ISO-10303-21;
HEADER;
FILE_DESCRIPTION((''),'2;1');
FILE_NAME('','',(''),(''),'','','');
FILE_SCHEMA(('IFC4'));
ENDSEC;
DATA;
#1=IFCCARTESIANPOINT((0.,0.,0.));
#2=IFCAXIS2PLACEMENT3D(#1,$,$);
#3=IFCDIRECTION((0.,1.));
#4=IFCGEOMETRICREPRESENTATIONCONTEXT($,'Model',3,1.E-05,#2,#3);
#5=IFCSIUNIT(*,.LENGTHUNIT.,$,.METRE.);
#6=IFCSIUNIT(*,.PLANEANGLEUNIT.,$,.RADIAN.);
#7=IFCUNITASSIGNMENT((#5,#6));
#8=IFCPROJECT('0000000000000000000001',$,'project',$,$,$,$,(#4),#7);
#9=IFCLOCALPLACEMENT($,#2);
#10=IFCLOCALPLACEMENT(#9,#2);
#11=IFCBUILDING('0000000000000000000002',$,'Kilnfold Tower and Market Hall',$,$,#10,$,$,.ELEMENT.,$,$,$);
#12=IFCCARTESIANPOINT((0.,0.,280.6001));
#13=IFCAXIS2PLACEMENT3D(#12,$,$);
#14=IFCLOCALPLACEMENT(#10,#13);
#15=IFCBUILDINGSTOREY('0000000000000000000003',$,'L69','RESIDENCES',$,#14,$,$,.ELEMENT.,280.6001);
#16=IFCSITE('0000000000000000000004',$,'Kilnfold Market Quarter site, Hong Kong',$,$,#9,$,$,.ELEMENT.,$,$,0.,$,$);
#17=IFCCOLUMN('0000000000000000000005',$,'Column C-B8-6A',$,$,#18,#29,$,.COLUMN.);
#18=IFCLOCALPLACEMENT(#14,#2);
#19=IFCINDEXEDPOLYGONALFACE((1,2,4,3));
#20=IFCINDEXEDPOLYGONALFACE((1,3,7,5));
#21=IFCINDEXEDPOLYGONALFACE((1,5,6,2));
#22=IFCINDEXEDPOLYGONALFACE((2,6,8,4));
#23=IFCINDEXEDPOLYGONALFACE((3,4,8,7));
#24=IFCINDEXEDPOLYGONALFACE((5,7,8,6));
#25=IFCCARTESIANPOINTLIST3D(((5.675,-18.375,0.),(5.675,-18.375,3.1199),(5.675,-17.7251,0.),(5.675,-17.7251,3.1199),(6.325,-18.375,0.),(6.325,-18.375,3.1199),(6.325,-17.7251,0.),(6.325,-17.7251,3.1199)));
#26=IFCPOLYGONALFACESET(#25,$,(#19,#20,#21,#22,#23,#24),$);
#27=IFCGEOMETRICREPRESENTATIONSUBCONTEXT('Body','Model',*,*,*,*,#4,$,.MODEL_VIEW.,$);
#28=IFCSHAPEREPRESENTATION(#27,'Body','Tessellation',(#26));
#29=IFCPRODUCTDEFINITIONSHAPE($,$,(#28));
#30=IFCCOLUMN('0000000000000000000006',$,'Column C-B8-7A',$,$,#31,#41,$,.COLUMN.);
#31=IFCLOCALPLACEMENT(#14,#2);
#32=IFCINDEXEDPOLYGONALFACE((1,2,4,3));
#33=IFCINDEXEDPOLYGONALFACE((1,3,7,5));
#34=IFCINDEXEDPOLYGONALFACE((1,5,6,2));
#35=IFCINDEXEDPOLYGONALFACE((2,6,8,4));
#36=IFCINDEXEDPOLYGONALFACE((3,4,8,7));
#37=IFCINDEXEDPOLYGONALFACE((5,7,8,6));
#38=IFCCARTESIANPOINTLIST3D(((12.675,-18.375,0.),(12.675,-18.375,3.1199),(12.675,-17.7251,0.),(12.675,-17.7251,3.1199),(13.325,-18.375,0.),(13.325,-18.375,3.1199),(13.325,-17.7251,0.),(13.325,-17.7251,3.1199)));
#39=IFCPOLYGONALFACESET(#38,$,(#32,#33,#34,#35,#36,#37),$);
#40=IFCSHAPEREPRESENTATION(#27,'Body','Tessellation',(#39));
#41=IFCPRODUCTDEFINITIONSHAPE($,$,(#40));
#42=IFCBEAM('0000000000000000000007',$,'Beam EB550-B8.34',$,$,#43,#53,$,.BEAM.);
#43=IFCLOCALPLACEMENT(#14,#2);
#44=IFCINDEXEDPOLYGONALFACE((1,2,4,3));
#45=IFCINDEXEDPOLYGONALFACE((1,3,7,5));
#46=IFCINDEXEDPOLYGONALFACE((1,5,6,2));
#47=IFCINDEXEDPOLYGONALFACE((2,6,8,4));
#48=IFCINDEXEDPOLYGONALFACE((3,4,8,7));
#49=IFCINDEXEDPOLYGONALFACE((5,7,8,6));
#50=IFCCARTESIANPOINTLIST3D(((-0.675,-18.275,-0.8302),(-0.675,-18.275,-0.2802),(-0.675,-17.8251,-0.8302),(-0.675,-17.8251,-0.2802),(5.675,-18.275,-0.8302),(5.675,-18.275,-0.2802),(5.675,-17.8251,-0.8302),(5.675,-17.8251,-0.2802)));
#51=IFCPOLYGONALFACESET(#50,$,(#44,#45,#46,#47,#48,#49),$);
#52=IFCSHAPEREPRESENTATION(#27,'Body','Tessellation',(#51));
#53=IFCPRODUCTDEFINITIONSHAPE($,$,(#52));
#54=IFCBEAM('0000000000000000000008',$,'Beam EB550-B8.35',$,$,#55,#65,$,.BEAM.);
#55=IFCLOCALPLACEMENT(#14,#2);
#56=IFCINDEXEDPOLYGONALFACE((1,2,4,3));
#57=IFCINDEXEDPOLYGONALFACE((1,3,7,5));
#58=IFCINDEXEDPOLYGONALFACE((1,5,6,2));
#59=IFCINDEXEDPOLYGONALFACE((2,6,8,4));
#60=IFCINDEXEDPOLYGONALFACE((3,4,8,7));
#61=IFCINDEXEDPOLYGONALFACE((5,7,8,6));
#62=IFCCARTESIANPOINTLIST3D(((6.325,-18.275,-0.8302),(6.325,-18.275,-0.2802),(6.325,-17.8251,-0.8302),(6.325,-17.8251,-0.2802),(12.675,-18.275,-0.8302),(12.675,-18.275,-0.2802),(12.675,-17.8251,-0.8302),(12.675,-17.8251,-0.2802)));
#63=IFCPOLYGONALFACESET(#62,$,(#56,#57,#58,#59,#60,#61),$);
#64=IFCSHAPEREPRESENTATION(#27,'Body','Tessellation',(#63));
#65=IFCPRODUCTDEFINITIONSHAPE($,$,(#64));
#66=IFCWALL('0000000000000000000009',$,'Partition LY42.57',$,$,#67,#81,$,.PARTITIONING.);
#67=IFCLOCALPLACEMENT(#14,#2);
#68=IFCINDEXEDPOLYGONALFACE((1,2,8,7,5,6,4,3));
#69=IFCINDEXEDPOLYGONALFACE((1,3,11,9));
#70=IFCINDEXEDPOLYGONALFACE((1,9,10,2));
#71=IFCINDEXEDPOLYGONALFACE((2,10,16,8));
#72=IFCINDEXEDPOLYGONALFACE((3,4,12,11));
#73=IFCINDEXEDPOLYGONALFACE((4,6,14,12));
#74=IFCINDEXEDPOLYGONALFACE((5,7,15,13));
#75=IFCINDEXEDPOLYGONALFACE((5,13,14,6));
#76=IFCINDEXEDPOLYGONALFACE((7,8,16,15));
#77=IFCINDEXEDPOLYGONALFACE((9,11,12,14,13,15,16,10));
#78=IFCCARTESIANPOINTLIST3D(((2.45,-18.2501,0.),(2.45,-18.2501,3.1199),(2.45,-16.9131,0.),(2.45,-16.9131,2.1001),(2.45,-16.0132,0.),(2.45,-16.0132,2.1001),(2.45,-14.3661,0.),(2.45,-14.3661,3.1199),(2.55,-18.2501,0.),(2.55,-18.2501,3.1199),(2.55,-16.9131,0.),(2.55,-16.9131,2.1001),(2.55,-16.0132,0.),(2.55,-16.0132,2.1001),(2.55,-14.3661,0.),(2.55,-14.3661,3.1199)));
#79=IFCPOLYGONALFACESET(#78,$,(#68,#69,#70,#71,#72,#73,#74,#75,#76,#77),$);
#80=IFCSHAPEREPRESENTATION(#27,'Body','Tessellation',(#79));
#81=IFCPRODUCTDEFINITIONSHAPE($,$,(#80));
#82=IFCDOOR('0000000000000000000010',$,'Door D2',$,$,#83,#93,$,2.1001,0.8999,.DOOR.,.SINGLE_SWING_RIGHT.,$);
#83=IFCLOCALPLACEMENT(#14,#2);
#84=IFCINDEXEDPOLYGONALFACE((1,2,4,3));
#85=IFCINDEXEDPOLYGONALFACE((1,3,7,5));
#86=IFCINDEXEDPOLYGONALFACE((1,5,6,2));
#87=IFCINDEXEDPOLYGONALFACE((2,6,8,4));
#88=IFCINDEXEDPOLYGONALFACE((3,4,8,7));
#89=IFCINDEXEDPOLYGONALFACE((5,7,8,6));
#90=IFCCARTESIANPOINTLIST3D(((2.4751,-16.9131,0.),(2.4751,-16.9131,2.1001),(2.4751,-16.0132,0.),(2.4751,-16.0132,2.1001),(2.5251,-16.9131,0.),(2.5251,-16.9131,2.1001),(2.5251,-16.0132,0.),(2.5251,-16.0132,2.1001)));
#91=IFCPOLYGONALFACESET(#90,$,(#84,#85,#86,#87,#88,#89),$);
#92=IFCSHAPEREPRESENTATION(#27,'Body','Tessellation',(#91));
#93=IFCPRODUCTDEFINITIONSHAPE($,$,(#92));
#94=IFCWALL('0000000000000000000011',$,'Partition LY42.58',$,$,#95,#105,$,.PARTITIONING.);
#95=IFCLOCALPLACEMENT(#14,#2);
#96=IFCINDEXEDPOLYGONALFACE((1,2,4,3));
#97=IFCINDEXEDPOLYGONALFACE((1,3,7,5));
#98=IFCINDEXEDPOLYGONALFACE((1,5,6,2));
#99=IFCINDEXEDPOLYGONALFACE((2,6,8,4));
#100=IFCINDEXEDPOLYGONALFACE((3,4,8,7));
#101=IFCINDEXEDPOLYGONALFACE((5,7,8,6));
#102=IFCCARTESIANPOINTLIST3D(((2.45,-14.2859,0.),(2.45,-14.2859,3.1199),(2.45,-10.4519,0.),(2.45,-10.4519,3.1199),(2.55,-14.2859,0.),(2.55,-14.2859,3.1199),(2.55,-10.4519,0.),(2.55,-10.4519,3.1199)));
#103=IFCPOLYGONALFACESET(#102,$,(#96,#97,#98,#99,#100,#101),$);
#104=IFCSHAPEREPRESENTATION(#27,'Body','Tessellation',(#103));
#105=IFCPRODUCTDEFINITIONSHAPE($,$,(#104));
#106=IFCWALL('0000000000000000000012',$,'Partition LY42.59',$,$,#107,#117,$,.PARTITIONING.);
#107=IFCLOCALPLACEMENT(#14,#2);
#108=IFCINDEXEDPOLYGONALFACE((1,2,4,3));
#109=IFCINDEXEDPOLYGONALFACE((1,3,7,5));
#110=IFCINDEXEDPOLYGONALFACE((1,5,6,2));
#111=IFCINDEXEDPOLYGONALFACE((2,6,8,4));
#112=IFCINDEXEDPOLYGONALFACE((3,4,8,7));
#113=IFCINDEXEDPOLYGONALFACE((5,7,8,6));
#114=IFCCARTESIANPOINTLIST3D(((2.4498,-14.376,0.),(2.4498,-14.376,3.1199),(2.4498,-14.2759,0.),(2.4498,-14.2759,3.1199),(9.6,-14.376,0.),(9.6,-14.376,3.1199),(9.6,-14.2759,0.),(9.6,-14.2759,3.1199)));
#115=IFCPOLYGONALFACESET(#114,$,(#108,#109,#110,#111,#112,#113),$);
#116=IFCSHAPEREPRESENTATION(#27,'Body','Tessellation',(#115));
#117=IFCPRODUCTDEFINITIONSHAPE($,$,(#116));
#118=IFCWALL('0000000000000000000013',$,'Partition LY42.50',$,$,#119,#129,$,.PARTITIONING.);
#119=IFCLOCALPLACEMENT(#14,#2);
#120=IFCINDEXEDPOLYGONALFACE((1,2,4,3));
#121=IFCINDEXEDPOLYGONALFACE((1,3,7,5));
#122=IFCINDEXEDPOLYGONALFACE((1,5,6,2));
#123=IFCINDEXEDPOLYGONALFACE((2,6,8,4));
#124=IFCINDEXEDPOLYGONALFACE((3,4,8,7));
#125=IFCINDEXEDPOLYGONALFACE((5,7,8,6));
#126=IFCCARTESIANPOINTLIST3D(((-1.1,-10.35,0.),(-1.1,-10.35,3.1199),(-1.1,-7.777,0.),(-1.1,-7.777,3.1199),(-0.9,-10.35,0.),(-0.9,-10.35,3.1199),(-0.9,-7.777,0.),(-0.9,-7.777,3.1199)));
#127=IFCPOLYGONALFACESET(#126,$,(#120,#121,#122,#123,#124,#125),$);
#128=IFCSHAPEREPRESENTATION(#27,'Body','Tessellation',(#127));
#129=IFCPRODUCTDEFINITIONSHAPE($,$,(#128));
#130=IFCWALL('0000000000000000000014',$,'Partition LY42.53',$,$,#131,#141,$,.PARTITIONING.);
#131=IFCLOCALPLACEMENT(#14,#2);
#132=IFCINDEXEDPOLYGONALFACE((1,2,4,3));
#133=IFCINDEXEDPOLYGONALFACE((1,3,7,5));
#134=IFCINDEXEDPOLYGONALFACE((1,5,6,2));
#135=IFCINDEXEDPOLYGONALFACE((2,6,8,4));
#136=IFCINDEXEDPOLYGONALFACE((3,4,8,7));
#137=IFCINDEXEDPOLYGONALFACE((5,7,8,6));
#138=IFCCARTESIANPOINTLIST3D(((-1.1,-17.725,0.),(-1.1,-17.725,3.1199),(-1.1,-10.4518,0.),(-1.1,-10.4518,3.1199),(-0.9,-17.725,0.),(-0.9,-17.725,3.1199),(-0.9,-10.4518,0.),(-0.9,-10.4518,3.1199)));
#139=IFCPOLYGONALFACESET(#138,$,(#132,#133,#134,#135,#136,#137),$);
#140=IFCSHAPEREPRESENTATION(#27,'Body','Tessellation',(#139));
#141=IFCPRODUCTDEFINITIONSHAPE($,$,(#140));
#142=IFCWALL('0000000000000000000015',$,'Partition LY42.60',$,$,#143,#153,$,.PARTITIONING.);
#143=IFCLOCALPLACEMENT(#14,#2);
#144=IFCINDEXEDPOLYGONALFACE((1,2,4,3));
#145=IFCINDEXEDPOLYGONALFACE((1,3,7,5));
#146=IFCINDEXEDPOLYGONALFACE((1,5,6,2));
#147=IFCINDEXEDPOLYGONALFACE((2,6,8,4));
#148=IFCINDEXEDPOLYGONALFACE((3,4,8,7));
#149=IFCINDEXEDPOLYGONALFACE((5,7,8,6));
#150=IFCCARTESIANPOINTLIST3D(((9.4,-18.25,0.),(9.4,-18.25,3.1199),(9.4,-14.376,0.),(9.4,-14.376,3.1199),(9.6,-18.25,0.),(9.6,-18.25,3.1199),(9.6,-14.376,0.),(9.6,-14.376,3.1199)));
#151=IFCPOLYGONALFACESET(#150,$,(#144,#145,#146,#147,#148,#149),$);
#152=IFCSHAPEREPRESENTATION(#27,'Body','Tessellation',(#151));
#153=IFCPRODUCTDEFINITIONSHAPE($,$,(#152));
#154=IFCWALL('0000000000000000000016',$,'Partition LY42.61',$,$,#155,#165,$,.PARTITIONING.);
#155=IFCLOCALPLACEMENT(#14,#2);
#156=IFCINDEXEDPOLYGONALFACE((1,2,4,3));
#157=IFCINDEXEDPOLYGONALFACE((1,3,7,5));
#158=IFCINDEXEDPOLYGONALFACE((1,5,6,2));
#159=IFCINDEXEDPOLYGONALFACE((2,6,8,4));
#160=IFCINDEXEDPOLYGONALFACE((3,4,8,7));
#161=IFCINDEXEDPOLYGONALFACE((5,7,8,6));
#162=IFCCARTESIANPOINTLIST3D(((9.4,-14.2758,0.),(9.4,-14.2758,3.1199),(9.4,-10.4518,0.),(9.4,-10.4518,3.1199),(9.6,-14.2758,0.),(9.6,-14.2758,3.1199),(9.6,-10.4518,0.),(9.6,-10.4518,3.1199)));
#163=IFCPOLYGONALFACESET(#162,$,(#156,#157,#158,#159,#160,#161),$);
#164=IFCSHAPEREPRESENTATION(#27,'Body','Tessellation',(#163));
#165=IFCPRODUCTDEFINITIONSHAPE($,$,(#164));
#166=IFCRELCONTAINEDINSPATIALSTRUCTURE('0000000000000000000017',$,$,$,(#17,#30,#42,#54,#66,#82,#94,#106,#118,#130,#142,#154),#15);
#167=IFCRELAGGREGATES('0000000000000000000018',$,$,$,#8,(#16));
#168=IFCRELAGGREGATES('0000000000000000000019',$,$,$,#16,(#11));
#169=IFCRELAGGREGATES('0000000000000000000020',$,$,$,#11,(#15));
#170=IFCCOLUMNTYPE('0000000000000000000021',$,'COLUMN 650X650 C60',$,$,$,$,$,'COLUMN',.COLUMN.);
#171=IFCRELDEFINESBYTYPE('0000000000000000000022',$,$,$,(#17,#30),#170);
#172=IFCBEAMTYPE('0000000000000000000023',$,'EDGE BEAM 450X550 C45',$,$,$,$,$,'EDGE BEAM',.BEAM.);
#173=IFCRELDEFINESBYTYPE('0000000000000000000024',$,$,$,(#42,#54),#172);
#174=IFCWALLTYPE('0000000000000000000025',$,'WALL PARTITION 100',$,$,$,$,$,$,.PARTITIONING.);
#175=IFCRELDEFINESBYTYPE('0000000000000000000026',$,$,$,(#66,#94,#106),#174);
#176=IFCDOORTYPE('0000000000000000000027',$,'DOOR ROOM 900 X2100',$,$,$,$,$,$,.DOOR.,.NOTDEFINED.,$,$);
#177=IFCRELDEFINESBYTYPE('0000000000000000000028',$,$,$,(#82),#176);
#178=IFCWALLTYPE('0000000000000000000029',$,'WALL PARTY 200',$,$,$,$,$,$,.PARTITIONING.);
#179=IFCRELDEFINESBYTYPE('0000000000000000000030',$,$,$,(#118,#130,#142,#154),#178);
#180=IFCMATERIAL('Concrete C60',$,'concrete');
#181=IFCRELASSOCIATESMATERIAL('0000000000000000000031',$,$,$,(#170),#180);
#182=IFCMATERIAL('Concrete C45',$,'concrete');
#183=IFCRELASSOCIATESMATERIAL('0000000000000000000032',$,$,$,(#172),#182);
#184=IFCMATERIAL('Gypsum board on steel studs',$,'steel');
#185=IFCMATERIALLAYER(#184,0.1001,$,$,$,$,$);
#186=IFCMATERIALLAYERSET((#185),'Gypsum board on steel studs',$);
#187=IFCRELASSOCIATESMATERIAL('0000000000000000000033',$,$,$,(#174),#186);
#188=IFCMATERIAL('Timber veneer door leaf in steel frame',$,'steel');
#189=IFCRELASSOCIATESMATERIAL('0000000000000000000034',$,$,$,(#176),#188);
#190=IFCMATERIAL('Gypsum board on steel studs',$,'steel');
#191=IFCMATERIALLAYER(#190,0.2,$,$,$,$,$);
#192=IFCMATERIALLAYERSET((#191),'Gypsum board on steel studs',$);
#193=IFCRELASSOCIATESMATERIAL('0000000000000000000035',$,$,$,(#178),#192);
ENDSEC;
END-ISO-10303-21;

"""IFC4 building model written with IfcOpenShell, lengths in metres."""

from ifc_helpers import new_model, si_unit, direction, frame, frame_2d, origin, origin_2d, place, context, subcontext, project, spatial, rectangle, extrude, source, transform, mapped, material, layer, layer_set, material_profile, profile_set, type_object, element, fill, save


model = new_model("IFC4")

# Units and contexts
model_context = context("Model", 3, precision=1e-05, world=origin(), true_north=direction((0.0, 1.0)))
body_context = subcontext(model_context, "Body", "Model", "MODEL_VIEW")
ifc_project = project(units=[si_unit("LENGTHUNIT", "METRE"), si_unit("PLANEANGLEUNIT", "RADIAN")], contexts=[model_context])

# Site, building, storey
site_placement = place(None, origin())
site = spatial("IfcSite", under=ifc_project, at=site_placement, Name="Kilnfold Market Quarter site, Hong Kong", CompositionType="ELEMENT", RefElevation=0.0)
building_placement = place(site_placement, origin())
building = spatial("IfcBuilding", under=site, at=building_placement, Name="Kilnfold Tower and Market Hall", CompositionType="ELEMENT")
storey_placement = place(building_placement, frame((0.0, 0.0, 280.6001)))
storey = spatial("IfcBuildingStorey", under=building, at=storey_placement, Name="L69", Description="RESIDENCES", CompositionType="ELEMENT", Elevation=280.6001)

# Columns
ifc_material_1 = material(Name="Concrete C60", Category="concrete")
ifc_material_profile_1 = material_profile(ifc_material_1, rectangle(XDim=0.6499, YDim=0.6499, at=origin_2d()), Name="RC 650x650")
ifc_profile_set_1 = profile_set([ifc_material_profile_1], Name="Concrete C60")
column_type = type_object("IfcColumnType", Name="COLUMN 650X650 C60", ElementType="COLUMN", PredefinedType="COLUMN", material=ifc_profile_set_1)
shared_shape_1 = source(origin(), body_context, "Body", "SweptSolid", [
    extrude(rectangle(XDim=0.6499, YDim=0.6499, at=origin_2d()), origin(), (0.0, 0.0, 1.0), 3.1199),
])
for number, where, z_axis, x_axis, name in (
    (1, (6.0, -18.05, 0.0), (0.0, 0.0, 1.0), (1.0, 0.0, 0.0), "Column C-B8-6A"),
    (2, (13.0, -18.05, 0.0), (0.0, 0.0, 1.0), (1.0, 0.0, 0.0), "Column C-B8-7A"),
):
    element("IfcColumn", number, at=place(storey_placement, frame(where, z_axis=z_axis, x_axis=x_axis)), inside=storey, type_object=column_type, Name=name, PredefinedType="COLUMN", context=body_context, shape_type="MappedRepresentation", body=[
        mapped(shared_shape_1, transform((0.0, 0.0, 0.0))),
    ])

# Beams
ifc_material_2 = material(Name="Concrete C45", Category="concrete")
ifc_material_profile_2 = material_profile(ifc_material_2, rectangle(XDim=0.45, YDim=0.55, at=origin_2d()), Name="RC 450x550")
ifc_profile_set_2 = profile_set([ifc_material_profile_2], Name="Concrete C45")
beam_type = type_object("IfcBeamType", Name="EDGE BEAM 450X550 C45", ElementType="EDGE BEAM", PredefinedType="BEAM", material=ifc_profile_set_2)
shared_shape_2 = source(origin(), body_context, "Body", "SweptSolid", [
    extrude(rectangle(XDim=0.45, YDim=0.55, at=origin_2d()), origin(), (0.0, 0.0, 1.0), 6.3501),
])
for number, where, z_axis, x_axis, name in (
    (3, (-0.675, -18.05, -0.5552), (1.0, 0.0, 0.0), (0.0, 1.0, 0.0), "Beam EB550-B8.34"),
    (4, (6.325, -18.05, -0.5552), (1.0, 0.0, 0.0), (0.0, 1.0, 0.0), "Beam EB550-B8.35"),
):
    element("IfcBeam", number, at=place(storey_placement, frame(where, z_axis=z_axis, x_axis=x_axis)), inside=storey, type_object=beam_type, Name=name, PredefinedType="BEAM", context=body_context, shape_type="MappedRepresentation", body=[
        mapped(shared_shape_2, transform((0.0, 0.0, 0.0))),
    ])

# Wall, opening, door
ifc_material_3 = material(Name="Gypsum board on steel studs", Category="steel")
ifc_layer_1 = layer(ifc_material_3, 0.1001)
ifc_layer_set_1 = layer_set([ifc_layer_1], Name="Gypsum board on steel studs")
wall_type_1 = type_object("IfcWallType", Name="WALL PARTITION 100", PredefinedType="PARTITIONING", material=ifc_layer_set_1)
wall_1_placement = place(storey_placement, frame((2.5, -18.25, 0.0), z_axis=(0.0, 0.0, 1.0), x_axis=(0.0, 1.0, 0.0)))
wall_1 = element("IfcWall", 5, at=wall_1_placement, inside=storey, type_object=wall_type_1, Name="Partition LY42.57", PredefinedType="PARTITIONING", context=body_context, shape_type="SweptSolid", body=[
    extrude(rectangle(XDim=3.884, YDim=0.1001, at=frame_2d((1.9419, 0.0))), origin(), (0.0, 0.0, 1.0), 3.1199),
])
opening_1_placement = place(wall_1_placement, frame((1.3369, 0.0, 0.0)))
opening_1 = element("IfcOpeningElement", 6, at=opening_1_placement, cuts=wall_1, PredefinedType="OPENING", context=body_context, shape_type="SweptSolid", body=[
    extrude(rectangle(XDim=0.8999, YDim=2.1001, at=frame_2d((0.45, 1.05))), frame((0.0, 0.0601, 0.0), z_axis=(0.0, -1.0, 0.0), x_axis=(1.0, 0.0, 0.0)), (0.0, 0.0, 1.0), 0.1201),
])
ifc_material_4 = material(Name="Timber veneer door leaf in steel frame", Category="steel")
door_type = type_object("IfcDoorType", Name="DOOR ROOM 900 X2100", OperationType="NOTDEFINED", PredefinedType="DOOR", material=ifc_material_4)
door_placement = place(opening_1_placement, origin())
door = element("IfcDoor", 7, at=door_placement, inside=storey, type_object=door_type, Name="Door D2", OperationType="SINGLE_SWING_RIGHT", OverallHeight=2.1001, OverallWidth=0.8999, PredefinedType="DOOR", context=body_context, shape_type="SweptSolid", body=[
    extrude(rectangle(XDim=0.8999, YDim=2.1001, at=frame_2d((0.45, 1.05))), frame((0.0, 0.0249, 0.0), z_axis=(0.0, -1.0, 0.0), x_axis=(1.0, 0.0, 0.0)), (0.0, 0.0, 1.0), 0.05),
])
fill(opening_1, door)

# Walls
wall_2_placement = place(storey_placement, frame((2.5, -14.2859, 0.0), z_axis=(0.0, 0.0, 1.0), x_axis=(0.0, 1.0, 0.0)))
element("IfcWall", 8, at=wall_2_placement, inside=storey, type_object=wall_type_1, Name="Partition LY42.58", PredefinedType="PARTITIONING", context=body_context, shape_type="SweptSolid", body=[
    extrude(rectangle(XDim=3.834, YDim=0.1001, at=frame_2d((1.917, 0.0))), origin(), (0.0, 0.0, 1.0), 3.1199),
])
wall_3_placement = place(storey_placement, frame((9.6001, -14.3259, 0.0), z_axis=(0.0, 0.0, 1.0), x_axis=(-1.0, 0.0, 0.0)))
element("IfcWall", 9, at=wall_3_placement, inside=storey, type_object=wall_type_1, Name="Partition LY42.59", PredefinedType="PARTITIONING", context=body_context, shape_type="SweptSolid", body=[
    extrude(rectangle(XDim=7.1501, YDim=0.1001, at=frame_2d((3.5752, 0.0))), origin(), (0.0, 0.0, 1.0), 3.1199),
])
ifc_material_5 = material(Name="Gypsum board on steel studs", Category="steel")
ifc_layer_2 = layer(ifc_material_5, 0.2)
ifc_layer_set_2 = layer_set([ifc_layer_2], Name="Gypsum board on steel studs")
wall_type_2 = type_object("IfcWallType", Name="WALL PARTY 200", PredefinedType="PARTITIONING", material=ifc_layer_set_2)
wall_4_placement = place(storey_placement, frame((-1.0, -10.3501, 0.0), z_axis=(0.0, 0.0, 1.0), x_axis=(0.0, 1.0, 0.0)))
element("IfcWall", 10, at=wall_4_placement, inside=storey, type_object=wall_type_2, Name="Partition LY42.50", PredefinedType="PARTITIONING", context=body_context, shape_type="SweptSolid", body=[
    extrude(rectangle(XDim=2.573, YDim=0.2, at=frame_2d((1.2866, 0.0))), origin(), (0.0, 0.0, 1.0), 3.1199),
])
wall_5_placement = place(storey_placement, frame((-1.0, -17.7251, 0.0), z_axis=(0.0, 0.0, 1.0), x_axis=(0.0, 1.0, 0.0)))
element("IfcWall", 11, at=wall_5_placement, inside=storey, type_object=wall_type_2, Name="Partition LY42.53", PredefinedType="PARTITIONING", context=body_context, shape_type="SweptSolid", body=[
    extrude(rectangle(XDim=7.2732, YDim=0.2, at=frame_2d((3.6367, 0.0))), origin(), (0.0, 0.0, 1.0), 3.1199),
])
wall_6_placement = place(storey_placement, frame((9.5, -18.25, 0.0), z_axis=(0.0, 0.0, 1.0), x_axis=(0.0, 1.0, 0.0)))
element("IfcWall", 12, at=wall_6_placement, inside=storey, type_object=wall_type_2, Name="Partition LY42.60", PredefinedType="PARTITIONING", context=body_context, shape_type="SweptSolid", body=[
    extrude(rectangle(XDim=3.874, YDim=0.2, at=frame_2d((1.937, 0.0))), origin(), (0.0, 0.0, 1.0), 3.1199),
])
wall_7_placement = place(storey_placement, frame((9.5, -14.2759, 0.0), z_axis=(0.0, 0.0, 1.0), x_axis=(0.0, 1.0, 0.0)))
element("IfcWall", 13, at=wall_7_placement, inside=storey, type_object=wall_type_2, Name="Partition LY42.61", PredefinedType="PARTITIONING", context=body_context, shape_type="SweptSolid", body=[
    extrude(rectangle(XDim=3.824, YDim=0.2, at=frame_2d((1.9121, 0.0))), origin(), (0.0, 0.0, 1.0), 3.1199),
])

save(model, "model.ifc")
